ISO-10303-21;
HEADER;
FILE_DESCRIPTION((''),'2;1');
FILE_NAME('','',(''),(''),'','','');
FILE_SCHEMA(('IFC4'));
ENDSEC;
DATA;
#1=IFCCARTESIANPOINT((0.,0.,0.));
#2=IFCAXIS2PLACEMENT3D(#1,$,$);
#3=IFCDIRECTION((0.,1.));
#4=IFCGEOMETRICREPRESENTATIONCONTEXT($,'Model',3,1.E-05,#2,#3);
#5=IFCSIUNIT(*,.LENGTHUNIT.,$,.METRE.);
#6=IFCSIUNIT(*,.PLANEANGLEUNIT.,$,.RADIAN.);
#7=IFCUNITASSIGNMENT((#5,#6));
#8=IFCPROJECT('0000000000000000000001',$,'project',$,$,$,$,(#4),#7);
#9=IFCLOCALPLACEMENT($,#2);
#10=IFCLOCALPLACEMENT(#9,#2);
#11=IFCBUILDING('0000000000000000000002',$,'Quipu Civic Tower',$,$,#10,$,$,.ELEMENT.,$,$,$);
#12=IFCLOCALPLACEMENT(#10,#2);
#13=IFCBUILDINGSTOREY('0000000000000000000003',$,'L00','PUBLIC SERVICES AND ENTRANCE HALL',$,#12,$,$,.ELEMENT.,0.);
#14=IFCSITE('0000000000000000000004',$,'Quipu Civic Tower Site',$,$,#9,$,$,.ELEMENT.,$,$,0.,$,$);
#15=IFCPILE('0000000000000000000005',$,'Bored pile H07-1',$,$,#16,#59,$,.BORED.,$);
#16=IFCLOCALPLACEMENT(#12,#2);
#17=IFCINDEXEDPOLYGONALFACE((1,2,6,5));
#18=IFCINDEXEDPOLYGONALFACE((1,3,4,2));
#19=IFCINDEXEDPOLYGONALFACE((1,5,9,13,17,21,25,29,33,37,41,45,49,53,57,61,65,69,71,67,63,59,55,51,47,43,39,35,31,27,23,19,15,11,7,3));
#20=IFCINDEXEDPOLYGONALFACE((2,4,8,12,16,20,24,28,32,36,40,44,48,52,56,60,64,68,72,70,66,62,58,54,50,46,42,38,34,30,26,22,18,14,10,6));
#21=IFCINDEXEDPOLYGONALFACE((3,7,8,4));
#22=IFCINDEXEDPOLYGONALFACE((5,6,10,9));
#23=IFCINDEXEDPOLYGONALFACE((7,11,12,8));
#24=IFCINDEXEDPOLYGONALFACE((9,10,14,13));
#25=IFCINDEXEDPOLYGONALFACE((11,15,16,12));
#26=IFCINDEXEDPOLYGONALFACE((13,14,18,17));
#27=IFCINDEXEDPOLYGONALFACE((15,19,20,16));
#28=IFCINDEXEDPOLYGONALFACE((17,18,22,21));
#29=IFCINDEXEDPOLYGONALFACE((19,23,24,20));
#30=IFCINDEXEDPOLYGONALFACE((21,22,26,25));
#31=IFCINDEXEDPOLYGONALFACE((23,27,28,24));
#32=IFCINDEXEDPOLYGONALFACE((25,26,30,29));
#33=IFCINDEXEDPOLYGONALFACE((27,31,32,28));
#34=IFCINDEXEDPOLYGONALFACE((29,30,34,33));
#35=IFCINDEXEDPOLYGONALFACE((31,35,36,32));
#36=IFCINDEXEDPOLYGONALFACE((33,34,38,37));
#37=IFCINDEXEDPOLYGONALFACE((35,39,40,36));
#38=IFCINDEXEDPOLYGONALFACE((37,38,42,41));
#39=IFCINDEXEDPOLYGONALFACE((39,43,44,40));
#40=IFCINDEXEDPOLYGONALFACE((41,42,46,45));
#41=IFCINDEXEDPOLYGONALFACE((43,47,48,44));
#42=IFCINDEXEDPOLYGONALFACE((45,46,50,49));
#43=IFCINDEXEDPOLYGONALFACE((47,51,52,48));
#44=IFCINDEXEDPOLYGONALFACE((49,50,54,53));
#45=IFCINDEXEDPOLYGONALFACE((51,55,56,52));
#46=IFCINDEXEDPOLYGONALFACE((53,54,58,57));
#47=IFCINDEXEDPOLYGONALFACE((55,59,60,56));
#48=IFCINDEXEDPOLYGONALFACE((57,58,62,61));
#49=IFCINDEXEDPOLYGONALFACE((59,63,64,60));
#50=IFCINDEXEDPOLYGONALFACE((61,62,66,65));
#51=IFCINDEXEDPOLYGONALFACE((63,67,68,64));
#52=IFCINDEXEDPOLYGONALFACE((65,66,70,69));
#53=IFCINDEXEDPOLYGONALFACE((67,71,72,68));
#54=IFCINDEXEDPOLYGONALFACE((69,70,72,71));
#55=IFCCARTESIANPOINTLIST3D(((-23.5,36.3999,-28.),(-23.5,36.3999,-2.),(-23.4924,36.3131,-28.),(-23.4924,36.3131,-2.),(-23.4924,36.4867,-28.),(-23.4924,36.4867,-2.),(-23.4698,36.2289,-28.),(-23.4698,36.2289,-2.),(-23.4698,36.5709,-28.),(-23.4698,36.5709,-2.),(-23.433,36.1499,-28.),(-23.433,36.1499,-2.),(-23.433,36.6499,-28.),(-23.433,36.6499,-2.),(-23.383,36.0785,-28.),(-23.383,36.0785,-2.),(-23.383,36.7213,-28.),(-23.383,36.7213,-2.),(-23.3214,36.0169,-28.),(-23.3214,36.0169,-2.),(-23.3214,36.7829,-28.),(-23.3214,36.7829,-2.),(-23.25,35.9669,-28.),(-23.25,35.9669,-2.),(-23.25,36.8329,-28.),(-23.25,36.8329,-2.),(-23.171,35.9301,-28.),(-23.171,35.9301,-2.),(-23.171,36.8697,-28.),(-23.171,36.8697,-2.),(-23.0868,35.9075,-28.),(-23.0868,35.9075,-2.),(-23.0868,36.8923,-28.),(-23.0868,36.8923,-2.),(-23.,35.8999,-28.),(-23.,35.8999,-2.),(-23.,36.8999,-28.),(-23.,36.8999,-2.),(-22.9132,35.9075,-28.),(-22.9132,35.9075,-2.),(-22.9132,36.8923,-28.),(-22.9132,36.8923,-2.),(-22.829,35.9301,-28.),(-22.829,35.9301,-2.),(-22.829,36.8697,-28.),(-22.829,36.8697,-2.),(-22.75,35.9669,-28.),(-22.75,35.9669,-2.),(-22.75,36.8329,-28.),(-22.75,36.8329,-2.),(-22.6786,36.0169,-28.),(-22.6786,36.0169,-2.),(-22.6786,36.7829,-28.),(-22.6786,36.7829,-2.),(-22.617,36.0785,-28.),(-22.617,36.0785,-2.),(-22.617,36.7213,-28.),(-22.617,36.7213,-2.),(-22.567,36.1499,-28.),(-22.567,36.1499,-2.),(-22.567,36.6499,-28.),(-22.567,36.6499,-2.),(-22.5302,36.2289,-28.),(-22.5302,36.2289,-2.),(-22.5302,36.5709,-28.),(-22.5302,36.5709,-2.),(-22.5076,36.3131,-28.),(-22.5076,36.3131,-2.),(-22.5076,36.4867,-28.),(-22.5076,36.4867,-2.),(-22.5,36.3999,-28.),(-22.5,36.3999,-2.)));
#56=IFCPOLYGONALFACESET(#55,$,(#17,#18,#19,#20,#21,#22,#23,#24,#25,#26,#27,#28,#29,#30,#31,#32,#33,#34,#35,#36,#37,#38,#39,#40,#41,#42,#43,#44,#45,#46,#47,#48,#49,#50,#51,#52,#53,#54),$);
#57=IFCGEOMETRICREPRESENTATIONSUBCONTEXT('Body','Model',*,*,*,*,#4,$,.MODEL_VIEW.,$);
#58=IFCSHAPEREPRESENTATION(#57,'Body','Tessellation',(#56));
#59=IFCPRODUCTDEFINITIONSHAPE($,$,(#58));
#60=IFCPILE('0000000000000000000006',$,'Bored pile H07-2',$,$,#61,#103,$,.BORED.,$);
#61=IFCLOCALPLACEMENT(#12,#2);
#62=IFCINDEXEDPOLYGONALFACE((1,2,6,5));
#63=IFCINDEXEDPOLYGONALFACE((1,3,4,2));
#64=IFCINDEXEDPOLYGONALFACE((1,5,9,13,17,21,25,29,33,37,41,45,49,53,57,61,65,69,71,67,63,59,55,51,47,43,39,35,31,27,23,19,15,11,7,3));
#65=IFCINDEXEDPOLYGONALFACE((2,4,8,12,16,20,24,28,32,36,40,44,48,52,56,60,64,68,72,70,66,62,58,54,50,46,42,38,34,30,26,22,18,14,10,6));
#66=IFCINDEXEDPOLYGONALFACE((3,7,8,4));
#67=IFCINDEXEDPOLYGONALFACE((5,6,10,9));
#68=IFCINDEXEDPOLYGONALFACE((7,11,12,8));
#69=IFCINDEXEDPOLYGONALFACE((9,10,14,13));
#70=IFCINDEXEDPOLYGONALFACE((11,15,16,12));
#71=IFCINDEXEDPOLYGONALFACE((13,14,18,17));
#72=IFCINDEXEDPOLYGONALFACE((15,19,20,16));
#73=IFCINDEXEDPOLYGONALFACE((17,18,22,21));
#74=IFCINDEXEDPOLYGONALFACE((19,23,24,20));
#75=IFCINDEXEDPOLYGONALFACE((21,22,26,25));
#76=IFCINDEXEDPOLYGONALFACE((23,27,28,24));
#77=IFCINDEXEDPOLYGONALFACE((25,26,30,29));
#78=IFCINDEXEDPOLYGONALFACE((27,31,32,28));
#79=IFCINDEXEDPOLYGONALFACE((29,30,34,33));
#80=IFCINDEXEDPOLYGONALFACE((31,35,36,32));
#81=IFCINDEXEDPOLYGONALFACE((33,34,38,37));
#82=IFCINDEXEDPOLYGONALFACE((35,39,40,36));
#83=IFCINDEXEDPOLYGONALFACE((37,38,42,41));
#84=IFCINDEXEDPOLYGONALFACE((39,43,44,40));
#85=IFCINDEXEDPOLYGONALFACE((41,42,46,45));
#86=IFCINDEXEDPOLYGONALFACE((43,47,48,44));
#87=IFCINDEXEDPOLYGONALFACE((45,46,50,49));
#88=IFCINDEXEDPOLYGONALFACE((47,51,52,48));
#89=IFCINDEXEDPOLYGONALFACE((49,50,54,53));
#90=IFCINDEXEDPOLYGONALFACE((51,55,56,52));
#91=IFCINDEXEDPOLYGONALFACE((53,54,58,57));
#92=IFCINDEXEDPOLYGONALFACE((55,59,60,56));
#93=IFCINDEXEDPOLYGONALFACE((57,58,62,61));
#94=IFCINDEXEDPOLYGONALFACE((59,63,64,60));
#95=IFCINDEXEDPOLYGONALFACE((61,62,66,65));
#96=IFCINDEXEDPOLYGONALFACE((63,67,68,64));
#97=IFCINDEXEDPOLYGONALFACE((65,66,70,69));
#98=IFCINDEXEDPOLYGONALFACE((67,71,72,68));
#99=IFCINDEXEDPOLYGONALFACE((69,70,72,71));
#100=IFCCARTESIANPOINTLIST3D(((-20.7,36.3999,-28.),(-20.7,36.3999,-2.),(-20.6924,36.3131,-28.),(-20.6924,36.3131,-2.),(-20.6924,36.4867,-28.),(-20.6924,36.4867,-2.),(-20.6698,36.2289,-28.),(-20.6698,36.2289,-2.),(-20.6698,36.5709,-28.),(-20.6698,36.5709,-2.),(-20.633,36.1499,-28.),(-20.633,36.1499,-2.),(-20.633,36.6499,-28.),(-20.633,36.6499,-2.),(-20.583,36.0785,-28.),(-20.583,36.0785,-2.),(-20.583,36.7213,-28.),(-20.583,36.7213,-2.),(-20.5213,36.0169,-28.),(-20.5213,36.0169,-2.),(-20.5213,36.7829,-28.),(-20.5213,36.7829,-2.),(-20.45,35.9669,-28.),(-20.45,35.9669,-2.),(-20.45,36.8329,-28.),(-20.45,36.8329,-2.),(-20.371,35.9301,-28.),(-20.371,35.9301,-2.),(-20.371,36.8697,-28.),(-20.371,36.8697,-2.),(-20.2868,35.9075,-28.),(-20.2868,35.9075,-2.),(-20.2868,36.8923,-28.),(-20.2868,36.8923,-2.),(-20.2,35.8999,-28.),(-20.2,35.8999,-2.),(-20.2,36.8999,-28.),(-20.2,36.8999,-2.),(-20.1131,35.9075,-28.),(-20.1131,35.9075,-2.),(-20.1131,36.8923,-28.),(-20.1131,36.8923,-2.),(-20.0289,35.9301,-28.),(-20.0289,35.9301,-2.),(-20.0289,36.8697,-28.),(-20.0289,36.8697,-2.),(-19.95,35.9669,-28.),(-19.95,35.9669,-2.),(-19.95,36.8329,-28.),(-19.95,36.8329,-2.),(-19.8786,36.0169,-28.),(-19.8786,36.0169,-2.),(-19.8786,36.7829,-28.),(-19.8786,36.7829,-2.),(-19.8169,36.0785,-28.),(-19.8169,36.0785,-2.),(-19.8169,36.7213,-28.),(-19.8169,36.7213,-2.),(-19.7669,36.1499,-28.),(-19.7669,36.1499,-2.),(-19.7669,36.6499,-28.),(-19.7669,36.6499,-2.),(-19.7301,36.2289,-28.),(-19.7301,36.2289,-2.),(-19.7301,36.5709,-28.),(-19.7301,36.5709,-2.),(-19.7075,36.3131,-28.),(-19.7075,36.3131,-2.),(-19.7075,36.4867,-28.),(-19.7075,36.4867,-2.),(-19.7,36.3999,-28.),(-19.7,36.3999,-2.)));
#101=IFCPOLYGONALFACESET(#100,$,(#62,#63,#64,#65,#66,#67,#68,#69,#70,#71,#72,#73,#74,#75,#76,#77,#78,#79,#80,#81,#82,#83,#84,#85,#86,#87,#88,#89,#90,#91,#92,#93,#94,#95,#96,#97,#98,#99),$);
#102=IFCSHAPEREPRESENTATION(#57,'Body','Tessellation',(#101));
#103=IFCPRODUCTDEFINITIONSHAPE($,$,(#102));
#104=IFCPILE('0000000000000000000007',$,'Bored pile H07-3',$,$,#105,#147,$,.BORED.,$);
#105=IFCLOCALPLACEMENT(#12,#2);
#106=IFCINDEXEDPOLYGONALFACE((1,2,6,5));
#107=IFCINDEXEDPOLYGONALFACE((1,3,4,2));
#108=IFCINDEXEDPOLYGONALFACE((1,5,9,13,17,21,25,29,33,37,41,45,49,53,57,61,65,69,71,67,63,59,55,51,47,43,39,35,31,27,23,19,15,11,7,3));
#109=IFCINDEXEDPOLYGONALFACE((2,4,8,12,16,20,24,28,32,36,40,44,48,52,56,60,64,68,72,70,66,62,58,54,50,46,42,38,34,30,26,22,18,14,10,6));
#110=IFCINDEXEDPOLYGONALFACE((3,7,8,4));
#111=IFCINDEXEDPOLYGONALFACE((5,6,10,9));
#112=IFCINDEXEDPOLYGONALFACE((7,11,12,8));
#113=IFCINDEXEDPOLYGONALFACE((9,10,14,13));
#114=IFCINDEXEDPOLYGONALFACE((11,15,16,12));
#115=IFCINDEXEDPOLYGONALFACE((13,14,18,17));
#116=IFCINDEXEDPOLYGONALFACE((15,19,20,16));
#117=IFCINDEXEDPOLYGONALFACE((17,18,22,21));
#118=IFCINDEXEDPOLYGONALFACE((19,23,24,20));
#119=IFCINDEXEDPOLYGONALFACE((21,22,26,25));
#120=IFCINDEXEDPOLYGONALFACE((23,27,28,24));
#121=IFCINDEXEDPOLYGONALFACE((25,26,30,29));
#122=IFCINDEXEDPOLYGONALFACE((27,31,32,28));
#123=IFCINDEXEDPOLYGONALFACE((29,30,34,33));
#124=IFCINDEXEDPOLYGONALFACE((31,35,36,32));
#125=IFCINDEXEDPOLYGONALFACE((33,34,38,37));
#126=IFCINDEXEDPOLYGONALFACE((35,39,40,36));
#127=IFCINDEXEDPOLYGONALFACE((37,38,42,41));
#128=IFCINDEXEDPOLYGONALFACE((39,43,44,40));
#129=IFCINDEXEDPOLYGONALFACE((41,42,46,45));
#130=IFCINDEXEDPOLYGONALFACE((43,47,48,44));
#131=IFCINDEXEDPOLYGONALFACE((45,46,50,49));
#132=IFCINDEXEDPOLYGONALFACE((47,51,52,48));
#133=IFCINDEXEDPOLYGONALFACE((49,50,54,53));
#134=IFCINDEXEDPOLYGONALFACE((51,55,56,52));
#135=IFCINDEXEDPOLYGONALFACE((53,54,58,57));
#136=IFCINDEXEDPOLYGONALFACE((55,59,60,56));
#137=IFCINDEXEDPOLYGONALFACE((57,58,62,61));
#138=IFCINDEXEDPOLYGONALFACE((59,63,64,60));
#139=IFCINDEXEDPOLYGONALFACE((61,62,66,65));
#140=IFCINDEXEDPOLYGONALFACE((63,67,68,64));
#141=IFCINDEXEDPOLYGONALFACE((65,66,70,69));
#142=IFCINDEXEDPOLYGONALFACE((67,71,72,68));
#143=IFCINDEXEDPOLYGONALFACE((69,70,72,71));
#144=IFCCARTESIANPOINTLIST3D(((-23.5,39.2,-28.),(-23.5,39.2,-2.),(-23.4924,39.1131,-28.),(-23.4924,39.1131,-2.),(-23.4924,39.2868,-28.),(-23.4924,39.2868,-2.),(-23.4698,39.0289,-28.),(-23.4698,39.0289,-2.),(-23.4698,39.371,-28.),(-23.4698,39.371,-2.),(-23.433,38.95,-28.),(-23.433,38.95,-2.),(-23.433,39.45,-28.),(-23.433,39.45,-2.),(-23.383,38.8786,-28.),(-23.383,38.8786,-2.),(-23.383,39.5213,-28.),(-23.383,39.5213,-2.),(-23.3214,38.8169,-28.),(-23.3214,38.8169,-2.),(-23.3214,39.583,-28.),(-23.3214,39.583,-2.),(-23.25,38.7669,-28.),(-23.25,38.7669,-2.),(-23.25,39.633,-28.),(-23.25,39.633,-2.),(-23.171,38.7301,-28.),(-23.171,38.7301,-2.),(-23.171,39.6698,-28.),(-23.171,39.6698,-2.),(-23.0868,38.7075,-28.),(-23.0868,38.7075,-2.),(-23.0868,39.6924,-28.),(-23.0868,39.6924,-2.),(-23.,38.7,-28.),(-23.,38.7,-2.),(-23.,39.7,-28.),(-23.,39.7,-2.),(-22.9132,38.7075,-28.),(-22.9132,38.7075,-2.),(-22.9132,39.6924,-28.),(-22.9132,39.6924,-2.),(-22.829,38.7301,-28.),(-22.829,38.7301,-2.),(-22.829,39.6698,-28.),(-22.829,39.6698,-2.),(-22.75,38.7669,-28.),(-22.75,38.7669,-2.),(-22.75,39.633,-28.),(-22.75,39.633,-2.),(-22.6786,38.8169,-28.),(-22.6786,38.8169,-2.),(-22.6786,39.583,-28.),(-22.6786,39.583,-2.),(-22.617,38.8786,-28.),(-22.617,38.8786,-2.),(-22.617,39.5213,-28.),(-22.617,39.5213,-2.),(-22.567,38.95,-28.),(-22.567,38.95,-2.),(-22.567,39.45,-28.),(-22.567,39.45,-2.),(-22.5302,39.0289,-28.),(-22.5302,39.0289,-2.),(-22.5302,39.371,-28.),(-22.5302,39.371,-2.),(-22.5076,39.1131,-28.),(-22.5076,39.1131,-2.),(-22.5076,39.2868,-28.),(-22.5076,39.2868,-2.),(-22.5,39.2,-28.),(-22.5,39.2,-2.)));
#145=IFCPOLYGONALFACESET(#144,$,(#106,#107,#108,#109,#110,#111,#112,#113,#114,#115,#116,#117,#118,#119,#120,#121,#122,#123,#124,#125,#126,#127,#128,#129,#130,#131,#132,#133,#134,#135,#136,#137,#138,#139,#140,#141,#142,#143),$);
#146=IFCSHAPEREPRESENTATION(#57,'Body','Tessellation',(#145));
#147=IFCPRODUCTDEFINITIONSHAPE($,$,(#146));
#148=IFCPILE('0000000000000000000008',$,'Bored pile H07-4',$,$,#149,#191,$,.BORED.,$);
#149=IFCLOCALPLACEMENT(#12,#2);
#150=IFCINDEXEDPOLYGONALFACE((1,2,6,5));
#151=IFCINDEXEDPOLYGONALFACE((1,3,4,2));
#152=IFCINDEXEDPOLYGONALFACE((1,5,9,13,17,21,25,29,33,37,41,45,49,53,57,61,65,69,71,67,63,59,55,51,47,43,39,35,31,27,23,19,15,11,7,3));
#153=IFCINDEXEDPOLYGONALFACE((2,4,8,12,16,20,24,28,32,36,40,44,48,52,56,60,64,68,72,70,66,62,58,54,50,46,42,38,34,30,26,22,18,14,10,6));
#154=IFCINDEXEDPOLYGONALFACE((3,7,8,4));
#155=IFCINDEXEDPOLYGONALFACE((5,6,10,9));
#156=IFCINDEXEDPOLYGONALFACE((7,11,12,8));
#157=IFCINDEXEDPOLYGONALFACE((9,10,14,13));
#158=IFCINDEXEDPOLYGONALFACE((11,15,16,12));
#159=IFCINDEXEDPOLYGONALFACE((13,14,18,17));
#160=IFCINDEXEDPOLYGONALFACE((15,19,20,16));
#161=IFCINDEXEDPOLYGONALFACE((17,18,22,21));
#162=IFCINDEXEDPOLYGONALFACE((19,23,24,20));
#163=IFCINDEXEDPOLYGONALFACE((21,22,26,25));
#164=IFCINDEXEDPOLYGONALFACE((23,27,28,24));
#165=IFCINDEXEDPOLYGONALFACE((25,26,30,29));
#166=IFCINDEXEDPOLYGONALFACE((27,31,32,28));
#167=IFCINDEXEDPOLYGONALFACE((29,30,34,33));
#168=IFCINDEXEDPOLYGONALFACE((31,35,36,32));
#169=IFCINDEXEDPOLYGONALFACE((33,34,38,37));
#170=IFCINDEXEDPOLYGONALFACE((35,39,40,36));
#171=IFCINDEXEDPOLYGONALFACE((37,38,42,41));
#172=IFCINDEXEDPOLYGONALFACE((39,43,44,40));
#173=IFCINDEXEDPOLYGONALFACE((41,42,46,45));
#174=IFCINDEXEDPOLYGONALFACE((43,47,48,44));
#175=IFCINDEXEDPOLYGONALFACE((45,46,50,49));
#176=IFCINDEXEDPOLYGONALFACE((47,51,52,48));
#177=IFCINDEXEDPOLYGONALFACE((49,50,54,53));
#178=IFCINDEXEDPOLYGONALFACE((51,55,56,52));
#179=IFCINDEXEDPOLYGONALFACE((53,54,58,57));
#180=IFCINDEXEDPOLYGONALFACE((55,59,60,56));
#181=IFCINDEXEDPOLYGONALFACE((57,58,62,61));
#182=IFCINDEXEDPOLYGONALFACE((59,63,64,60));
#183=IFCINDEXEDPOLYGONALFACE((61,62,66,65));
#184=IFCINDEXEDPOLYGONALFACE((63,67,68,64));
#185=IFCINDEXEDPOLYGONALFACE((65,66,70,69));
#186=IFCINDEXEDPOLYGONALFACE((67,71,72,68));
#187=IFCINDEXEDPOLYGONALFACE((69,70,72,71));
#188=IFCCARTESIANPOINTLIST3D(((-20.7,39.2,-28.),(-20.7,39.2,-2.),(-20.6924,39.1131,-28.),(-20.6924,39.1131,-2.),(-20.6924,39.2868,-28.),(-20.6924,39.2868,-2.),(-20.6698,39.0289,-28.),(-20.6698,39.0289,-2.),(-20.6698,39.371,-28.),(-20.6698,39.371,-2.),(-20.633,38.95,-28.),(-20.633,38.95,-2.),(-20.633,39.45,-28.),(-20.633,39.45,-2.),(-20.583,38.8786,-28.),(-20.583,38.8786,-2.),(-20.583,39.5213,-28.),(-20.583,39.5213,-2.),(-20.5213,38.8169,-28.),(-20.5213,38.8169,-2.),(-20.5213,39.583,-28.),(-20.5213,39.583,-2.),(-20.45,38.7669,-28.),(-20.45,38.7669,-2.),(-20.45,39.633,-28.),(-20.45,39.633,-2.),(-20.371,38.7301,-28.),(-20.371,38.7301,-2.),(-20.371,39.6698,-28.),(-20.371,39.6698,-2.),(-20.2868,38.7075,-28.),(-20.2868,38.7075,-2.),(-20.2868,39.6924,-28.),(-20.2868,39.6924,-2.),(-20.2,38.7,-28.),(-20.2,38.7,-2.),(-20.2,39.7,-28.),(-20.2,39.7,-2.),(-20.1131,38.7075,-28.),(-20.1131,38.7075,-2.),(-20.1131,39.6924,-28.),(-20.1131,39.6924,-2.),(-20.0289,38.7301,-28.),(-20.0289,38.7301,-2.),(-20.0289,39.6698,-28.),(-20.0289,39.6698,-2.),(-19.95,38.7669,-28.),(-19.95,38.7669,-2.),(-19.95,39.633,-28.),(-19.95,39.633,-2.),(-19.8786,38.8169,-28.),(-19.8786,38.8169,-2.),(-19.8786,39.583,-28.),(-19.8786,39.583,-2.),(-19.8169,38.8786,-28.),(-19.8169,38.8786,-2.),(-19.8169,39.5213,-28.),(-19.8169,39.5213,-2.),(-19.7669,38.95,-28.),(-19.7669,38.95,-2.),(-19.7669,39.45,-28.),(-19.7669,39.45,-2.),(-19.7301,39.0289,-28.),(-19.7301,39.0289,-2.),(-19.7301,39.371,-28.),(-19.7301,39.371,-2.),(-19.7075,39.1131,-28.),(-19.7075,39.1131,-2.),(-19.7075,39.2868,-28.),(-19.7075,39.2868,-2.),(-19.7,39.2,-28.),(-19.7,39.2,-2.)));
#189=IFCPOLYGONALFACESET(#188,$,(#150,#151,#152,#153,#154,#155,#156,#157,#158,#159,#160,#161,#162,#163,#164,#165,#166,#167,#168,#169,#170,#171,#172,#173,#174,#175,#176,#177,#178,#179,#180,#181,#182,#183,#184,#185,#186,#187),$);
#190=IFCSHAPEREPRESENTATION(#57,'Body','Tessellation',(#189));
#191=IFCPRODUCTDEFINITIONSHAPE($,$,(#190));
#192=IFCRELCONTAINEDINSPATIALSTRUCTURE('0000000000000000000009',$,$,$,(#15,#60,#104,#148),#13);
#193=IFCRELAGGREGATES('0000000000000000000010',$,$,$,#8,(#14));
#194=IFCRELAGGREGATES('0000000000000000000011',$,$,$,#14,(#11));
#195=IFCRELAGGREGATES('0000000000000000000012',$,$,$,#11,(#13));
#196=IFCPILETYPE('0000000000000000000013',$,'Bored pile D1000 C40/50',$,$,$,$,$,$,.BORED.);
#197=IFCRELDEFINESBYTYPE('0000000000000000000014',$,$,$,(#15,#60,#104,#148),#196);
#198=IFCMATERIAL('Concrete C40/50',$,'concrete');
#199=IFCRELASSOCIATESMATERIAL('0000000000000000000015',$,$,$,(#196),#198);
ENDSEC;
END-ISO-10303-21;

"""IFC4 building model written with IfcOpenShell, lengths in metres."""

from ifc_helpers import new_model, si_unit, direction, frame, origin, origin_2d, place, context, subcontext, project, spatial, circle, extrude, material, material_profile, profile_set, type_object, element, save


model = new_model("IFC4")

# Units and contexts
model_context = context("Model", 3, precision=1e-05, world=origin(), true_north=direction((0.0, 1.0)))
body_context = subcontext(model_context, "Body", "Model", "MODEL_VIEW")
ifc_project = project(units=[si_unit("LENGTHUNIT", "METRE"), si_unit("PLANEANGLEUNIT", "RADIAN")], contexts=[model_context])

# Site, building, storey
site_placement = place(None, origin())
site = spatial("IfcSite", under=ifc_project, at=site_placement, Name="Quipu Civic Tower Site", CompositionType="ELEMENT", RefElevation=0.0)
building_placement = place(site_placement, origin())
building = spatial("IfcBuilding", under=site, at=building_placement, Name="Quipu Civic Tower", CompositionType="ELEMENT")
storey_placement = place(building_placement, origin())
storey = spatial("IfcBuildingStorey", under=building, at=storey_placement, Name="L00", Description="PUBLIC SERVICES AND ENTRANCE HALL", CompositionType="ELEMENT", Elevation=0.0)

# Piles
ifc_material_1 = material(Name="Concrete C40/50", Category="concrete")
ifc_material_profile_1 = material_profile(ifc_material_1, circle(Radius=0.5, at=origin_2d()), Name="RCD1000")
ifc_profile_set_1 = profile_set([ifc_material_profile_1], Name="Concrete C40/50")
pile_type_1 = type_object("IfcPileType", Name="Bored pile D1000 C40/50", PredefinedType="BORED", material=ifc_profile_set_1)
for number, where, z_axis, x_axis, name in (
    (1, (-23.0, 36.3999, -2.0), (0.0, 0.0, -1.0), (1.0, 0.0, 0.0), "Bored pile H07-1"),
    (2, (-20.2, 36.3999, -2.0), (0.0, 0.0, -1.0), (1.0, 0.0, 0.0), "Bored pile H07-2"),
    (3, (-23.0, 39.2, -2.0), (0.0, 0.0, -1.0), (1.0, 0.0, 0.0), "Bored pile H07-3"),
    (4, (-20.2, 39.2, -2.0), (0.0, 0.0, -1.0), (1.0, 0.0, 0.0), "Bored pile H07-4"),
):
    element("IfcPile", number, at=place(storey_placement, frame(where, z_axis=z_axis, x_axis=x_axis)), inside=storey, type_object=pile_type_1, Name=name, PredefinedType="BORED", context=body_context, shape_type="SweptSolid", body=[
        extrude(circle(Radius=0.5, at=origin_2d()), origin(), (0.0, 0.0, 1.0), 26.0),
    ])

save(model, "model.ifc")
